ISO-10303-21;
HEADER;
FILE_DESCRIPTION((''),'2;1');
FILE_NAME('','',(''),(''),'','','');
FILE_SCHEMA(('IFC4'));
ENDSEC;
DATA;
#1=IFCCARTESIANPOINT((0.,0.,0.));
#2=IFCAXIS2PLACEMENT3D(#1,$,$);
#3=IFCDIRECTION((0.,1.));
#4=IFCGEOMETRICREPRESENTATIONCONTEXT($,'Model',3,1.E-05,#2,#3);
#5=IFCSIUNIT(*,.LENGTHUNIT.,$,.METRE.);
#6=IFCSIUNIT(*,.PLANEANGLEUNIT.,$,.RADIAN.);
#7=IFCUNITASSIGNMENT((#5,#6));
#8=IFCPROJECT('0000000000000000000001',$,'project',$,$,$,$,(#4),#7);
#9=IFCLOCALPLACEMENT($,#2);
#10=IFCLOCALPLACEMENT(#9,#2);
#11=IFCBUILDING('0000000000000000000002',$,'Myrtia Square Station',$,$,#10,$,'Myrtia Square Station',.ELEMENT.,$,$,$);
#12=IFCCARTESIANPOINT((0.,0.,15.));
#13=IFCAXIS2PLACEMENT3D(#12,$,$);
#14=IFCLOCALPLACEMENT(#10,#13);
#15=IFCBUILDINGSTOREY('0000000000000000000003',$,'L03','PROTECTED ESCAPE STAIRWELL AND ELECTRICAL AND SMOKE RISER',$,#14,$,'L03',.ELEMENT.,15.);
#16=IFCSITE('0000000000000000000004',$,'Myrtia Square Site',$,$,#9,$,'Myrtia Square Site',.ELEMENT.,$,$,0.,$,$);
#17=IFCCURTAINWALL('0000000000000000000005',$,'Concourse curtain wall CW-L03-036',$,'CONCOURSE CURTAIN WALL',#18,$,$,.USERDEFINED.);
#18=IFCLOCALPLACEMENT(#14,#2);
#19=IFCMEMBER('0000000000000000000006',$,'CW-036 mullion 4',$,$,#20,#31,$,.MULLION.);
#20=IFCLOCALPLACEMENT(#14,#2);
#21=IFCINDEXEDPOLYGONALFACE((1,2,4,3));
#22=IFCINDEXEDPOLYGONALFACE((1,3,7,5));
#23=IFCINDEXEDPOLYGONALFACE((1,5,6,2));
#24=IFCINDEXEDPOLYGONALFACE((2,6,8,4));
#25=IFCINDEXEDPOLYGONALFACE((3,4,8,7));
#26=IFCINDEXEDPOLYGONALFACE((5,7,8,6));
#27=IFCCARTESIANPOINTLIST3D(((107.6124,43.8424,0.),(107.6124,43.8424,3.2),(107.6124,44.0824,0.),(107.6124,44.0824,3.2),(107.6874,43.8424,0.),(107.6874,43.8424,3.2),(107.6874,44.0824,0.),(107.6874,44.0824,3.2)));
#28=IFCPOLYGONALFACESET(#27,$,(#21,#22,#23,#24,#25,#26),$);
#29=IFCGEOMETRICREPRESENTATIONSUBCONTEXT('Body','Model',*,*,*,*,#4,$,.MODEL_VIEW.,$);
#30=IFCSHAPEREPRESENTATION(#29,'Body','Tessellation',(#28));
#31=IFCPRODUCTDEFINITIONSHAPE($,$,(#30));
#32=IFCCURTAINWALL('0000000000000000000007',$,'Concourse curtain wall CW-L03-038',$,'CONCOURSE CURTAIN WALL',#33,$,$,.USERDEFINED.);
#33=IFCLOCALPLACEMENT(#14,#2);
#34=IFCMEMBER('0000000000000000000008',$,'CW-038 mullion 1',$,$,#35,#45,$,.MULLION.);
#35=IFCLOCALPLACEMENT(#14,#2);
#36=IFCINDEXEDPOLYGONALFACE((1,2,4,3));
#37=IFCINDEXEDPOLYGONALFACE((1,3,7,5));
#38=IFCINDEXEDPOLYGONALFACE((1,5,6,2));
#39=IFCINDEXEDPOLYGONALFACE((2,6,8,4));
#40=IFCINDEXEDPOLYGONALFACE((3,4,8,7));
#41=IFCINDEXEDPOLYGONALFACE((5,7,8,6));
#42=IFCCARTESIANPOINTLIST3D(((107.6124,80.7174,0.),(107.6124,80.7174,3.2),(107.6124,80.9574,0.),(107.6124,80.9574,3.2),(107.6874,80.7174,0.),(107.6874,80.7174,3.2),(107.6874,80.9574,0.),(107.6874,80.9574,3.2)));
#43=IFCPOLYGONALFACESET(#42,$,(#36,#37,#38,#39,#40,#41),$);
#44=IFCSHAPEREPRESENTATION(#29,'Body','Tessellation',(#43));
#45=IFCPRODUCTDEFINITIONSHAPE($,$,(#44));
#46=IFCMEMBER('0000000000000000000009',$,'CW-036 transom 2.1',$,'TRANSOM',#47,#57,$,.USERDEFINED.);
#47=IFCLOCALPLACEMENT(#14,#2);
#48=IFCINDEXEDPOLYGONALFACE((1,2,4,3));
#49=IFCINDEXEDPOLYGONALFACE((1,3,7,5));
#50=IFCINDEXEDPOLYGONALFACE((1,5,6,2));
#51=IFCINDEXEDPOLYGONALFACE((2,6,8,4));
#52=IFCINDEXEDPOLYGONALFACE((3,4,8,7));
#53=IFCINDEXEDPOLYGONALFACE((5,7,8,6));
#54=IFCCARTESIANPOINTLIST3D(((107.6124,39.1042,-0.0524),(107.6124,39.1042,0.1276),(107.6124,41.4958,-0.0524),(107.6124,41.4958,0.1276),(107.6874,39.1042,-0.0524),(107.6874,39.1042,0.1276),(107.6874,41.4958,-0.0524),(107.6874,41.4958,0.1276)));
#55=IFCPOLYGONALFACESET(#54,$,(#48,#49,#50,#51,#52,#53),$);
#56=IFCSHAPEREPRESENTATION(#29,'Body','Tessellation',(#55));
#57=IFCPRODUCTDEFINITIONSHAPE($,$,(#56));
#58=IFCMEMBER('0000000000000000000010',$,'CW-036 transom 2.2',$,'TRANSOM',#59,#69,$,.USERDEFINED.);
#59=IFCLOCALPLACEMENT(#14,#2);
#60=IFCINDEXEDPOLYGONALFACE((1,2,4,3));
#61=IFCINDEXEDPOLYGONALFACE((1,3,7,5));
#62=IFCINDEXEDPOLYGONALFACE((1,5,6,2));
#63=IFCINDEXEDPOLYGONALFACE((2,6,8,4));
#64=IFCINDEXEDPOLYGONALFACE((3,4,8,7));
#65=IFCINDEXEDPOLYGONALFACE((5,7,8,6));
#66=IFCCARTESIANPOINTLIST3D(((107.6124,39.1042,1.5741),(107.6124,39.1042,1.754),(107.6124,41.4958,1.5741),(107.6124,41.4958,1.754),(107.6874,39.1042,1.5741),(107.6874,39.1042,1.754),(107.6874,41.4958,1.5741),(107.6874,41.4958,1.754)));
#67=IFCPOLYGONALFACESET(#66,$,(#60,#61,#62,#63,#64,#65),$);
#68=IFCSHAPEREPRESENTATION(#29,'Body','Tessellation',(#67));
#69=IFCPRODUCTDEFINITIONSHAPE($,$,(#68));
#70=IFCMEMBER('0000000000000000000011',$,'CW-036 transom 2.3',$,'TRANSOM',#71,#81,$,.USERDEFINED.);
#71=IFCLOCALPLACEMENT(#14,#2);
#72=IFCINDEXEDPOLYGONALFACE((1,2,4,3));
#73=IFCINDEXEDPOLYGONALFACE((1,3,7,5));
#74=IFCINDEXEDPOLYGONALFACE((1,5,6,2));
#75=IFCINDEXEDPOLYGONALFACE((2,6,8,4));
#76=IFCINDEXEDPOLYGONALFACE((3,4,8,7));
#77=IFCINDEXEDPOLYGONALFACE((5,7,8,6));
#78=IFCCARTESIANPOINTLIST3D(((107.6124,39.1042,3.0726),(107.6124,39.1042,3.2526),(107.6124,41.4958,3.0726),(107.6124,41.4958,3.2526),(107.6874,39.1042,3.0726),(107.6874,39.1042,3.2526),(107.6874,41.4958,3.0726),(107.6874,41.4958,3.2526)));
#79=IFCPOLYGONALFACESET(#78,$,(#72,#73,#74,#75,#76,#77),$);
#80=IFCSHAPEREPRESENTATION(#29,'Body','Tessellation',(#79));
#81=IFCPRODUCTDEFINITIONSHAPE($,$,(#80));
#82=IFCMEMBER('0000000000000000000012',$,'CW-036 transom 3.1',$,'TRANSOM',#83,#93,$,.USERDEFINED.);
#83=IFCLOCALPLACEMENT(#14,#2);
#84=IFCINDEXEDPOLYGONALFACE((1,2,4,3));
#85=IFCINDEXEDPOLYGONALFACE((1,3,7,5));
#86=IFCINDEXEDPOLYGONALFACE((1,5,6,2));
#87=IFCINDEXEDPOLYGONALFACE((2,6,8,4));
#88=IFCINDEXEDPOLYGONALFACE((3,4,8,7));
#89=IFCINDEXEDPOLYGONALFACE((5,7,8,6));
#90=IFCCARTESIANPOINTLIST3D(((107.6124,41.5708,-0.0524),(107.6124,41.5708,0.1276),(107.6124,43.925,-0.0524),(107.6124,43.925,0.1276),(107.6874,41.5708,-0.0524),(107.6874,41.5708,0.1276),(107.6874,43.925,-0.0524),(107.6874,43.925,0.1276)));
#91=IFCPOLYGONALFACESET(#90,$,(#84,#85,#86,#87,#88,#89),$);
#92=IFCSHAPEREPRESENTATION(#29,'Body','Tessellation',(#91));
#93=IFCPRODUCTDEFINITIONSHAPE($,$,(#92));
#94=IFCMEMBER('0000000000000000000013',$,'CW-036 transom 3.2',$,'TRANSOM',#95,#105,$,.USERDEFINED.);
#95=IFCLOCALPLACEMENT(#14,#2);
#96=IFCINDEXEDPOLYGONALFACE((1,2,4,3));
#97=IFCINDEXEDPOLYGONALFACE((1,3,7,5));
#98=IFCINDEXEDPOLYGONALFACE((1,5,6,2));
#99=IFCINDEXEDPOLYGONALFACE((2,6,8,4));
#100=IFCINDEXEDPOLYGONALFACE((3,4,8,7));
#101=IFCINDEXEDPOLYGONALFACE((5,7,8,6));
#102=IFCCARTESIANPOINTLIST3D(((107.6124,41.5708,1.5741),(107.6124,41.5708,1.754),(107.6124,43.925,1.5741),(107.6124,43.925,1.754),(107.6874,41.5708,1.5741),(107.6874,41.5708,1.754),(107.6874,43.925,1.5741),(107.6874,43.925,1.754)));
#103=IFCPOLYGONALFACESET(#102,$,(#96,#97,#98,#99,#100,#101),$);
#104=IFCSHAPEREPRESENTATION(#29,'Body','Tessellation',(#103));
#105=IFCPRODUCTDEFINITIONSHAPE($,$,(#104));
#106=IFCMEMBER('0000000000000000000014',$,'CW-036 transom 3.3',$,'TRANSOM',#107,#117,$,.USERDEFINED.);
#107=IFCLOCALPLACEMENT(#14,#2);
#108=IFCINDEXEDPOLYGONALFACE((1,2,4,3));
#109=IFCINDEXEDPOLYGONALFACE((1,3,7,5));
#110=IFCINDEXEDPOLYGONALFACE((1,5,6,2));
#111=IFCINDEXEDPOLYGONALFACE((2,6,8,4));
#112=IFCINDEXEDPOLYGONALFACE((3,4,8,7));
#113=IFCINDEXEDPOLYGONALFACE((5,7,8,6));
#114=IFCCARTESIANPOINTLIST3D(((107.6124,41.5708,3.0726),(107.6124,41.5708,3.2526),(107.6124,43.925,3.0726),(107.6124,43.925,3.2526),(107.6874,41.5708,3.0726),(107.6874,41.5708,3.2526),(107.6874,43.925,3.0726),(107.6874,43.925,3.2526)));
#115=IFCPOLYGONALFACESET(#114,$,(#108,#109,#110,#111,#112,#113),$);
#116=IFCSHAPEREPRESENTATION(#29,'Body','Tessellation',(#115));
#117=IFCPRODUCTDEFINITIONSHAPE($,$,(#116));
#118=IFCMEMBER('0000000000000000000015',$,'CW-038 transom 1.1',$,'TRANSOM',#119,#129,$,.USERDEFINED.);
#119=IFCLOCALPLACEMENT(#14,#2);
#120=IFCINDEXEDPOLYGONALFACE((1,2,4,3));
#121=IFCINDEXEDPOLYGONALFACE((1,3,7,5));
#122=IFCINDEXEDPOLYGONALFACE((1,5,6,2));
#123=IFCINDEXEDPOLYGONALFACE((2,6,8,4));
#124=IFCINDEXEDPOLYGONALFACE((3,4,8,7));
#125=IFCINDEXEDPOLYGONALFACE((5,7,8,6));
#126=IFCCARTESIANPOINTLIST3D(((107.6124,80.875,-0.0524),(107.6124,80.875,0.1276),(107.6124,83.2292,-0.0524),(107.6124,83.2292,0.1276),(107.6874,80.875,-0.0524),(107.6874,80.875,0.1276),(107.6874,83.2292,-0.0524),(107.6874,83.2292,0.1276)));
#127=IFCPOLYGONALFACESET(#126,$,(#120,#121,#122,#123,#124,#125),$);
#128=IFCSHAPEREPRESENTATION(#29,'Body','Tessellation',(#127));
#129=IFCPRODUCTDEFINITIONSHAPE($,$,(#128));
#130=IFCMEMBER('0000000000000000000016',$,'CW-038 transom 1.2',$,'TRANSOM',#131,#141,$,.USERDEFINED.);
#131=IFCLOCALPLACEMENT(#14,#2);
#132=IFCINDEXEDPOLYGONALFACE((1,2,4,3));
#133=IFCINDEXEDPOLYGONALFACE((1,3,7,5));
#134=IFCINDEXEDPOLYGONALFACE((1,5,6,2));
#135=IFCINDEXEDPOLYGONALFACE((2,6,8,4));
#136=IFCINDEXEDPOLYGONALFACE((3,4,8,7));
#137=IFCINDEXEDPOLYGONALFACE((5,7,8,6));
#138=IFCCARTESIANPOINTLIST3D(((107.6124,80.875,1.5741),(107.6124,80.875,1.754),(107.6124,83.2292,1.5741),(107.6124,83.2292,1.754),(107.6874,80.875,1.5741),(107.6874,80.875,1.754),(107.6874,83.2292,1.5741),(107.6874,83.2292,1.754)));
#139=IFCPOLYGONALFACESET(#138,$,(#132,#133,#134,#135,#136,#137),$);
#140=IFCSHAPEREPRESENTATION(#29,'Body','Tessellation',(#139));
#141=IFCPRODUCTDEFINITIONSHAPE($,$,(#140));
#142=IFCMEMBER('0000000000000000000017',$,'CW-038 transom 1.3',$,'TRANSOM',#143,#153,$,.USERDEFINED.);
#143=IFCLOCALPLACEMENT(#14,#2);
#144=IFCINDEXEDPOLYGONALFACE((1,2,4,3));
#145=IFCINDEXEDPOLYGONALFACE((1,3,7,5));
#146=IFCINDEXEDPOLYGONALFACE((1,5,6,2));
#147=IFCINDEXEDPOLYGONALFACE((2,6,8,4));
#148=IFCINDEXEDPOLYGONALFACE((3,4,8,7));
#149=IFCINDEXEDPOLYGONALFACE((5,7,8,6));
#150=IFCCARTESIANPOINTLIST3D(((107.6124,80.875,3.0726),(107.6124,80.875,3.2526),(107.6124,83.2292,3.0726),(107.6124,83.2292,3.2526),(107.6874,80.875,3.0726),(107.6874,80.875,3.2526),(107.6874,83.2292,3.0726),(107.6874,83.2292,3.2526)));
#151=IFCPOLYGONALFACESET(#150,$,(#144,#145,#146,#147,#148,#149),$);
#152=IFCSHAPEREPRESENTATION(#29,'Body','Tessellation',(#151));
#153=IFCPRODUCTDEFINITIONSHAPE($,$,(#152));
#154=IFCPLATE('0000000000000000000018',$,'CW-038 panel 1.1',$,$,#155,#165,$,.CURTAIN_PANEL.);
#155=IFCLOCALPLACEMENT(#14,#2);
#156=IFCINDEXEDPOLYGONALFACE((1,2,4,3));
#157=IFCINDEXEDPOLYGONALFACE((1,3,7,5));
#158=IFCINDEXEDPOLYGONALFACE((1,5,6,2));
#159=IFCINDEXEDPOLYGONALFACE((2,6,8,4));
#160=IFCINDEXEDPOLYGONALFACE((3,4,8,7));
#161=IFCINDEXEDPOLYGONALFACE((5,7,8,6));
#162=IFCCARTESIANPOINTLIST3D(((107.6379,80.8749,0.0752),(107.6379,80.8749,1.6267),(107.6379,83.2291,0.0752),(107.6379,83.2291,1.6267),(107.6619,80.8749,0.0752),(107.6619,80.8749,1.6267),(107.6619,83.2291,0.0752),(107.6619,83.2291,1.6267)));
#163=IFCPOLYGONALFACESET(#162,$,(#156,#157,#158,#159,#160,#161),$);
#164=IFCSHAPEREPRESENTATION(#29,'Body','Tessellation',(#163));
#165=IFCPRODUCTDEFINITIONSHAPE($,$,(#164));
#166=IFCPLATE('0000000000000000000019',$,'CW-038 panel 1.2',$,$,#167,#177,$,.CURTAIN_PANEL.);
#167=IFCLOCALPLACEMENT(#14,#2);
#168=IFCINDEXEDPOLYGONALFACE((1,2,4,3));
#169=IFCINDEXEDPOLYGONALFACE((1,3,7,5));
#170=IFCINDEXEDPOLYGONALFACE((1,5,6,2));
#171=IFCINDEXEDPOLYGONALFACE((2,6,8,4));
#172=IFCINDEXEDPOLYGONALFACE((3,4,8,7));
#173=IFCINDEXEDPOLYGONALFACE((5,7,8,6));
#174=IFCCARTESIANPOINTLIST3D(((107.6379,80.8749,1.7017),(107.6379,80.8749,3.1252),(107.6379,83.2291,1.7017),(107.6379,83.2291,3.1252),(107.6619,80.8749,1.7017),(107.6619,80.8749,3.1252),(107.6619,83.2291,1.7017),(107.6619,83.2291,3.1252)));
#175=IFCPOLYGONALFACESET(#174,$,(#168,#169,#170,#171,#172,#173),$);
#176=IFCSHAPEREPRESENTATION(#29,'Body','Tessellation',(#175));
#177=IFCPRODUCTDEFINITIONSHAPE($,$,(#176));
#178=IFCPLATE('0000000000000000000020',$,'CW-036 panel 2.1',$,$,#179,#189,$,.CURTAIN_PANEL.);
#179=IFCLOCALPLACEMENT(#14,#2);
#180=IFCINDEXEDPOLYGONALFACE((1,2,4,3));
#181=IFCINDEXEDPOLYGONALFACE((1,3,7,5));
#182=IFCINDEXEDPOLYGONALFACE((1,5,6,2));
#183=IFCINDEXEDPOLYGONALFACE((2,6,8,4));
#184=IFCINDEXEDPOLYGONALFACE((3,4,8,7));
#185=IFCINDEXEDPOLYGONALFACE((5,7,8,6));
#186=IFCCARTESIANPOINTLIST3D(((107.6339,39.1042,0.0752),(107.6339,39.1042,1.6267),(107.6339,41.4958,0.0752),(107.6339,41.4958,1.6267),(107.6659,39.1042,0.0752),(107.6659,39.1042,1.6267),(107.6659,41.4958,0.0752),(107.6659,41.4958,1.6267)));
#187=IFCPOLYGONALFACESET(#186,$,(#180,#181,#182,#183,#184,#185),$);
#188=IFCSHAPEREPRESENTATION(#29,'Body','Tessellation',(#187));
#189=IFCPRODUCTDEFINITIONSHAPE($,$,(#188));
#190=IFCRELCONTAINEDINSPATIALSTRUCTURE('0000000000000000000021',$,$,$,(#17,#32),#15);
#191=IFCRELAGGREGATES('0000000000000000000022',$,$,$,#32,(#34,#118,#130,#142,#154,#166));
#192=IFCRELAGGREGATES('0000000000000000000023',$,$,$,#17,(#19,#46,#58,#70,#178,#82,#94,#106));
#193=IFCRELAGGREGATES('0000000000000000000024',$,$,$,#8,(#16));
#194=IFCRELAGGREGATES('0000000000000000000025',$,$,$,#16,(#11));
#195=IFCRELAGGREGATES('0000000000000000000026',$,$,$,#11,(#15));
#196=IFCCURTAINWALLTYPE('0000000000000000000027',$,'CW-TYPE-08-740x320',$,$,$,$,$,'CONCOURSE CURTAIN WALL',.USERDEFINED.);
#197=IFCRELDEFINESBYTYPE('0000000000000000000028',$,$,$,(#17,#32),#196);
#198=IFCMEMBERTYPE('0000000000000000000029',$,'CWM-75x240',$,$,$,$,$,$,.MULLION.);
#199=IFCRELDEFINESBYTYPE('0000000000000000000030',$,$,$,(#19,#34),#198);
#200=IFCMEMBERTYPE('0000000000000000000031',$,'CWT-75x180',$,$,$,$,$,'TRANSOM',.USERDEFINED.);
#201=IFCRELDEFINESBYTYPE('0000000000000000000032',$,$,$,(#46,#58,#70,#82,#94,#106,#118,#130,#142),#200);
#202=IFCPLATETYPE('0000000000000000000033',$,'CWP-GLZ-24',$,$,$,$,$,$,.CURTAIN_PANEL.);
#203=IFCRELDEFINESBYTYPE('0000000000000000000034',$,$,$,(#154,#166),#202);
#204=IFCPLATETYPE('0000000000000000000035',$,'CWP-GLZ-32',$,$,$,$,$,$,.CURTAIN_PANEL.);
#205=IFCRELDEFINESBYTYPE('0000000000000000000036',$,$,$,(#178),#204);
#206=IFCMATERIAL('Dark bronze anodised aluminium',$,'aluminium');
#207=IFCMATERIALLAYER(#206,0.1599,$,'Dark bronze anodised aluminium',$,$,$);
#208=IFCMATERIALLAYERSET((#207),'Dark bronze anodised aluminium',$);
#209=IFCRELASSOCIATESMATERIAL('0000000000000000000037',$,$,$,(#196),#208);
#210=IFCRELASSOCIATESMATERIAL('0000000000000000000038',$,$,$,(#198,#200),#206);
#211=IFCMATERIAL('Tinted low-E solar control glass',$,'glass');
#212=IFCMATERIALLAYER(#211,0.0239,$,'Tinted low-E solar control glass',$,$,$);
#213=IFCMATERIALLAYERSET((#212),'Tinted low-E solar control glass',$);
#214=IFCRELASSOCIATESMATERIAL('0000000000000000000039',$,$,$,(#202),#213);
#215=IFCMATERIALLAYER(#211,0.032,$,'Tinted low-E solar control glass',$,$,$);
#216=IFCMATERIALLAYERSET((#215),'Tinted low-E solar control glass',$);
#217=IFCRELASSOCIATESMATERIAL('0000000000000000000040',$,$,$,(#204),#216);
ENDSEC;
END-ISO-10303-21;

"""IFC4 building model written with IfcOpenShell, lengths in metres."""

from ifc_helpers import new_model, si_unit, direction, frame, origin, origin_2d, place, context, subcontext, project, spatial, rectangle, extrude, material, layer, layer_set, material_profile, profile_set, type_object, element, aggregate, save


model = new_model("IFC4")

# Units and contexts
model_context = context("Model", 3, precision=1e-05, world=origin(), true_north=direction((0.0, 1.0)))
body_context = subcontext(model_context, "Body", "Model", "MODEL_VIEW")
ifc_project = project(units=[si_unit("LENGTHUNIT", "METRE"), si_unit("PLANEANGLEUNIT", "RADIAN")], contexts=[model_context])

# Site, building, storey
site_placement = place(None, origin())
site = spatial("IfcSite", under=ifc_project, at=site_placement, Name="Myrtia Square Site", LongName="Myrtia Square Site", CompositionType="ELEMENT", RefElevation=0.0)
building_placement = place(site_placement, origin())
building = spatial("IfcBuilding", under=site, at=building_placement, Name="Myrtia Square Station", LongName="Myrtia Square Station", CompositionType="ELEMENT")
storey_placement = place(building_placement, frame((0.0, 0.0, 15.0)))
storey = spatial("IfcBuildingStorey", under=building, at=storey_placement, Name="L03", Description="PROTECTED ESCAPE STAIRWELL AND ELECTRICAL AND SMOKE RISER", LongName="L03", CompositionType="ELEMENT", Elevation=15.0)

# Curtain wall, member
ifc_material_1 = material(Name="Dark bronze anodised aluminium", Category="aluminium")
ifc_layer_1 = layer(ifc_material_1, 0.1599, Name="Dark bronze anodised aluminium")
ifc_layer_set_1 = layer_set([ifc_layer_1], Name="Dark bronze anodised aluminium")
curtain_wall_type = type_object("IfcCurtainWallType", Name="CW-TYPE-08-740x320", ElementType="CONCOURSE CURTAIN WALL", PredefinedType="USERDEFINED", material=ifc_layer_set_1)
curtain_wall_1_placement = place(storey_placement, origin())
curtain_wall_1 = element("IfcCurtainWall", 1, at=curtain_wall_1_placement, inside=storey, type_object=curtain_wall_type, Name="Concourse curtain wall CW-L03-036", ObjectType="CONCOURSE CURTAIN WALL", PredefinedType="USERDEFINED")
ifc_material_profile_1 = material_profile(ifc_material_1, rectangle(XDim=0.075, YDim=0.24, at=origin_2d()), Name="ALU-M 75x240")
ifc_profile_set_1 = profile_set([ifc_material_profile_1], Name="Dark bronze anodised aluminium")
member_type_1 = type_object("IfcMemberType", Name="CWM-75x240", PredefinedType="MULLION", material=ifc_profile_set_1)
member_1_placement = place(storey_placement, frame((107.6499, 43.9624, 0.0), z_axis=(0.0, 0.0, 1.0), x_axis=(-1.0, 0.0, 0.0)))
member_1 = element("IfcMember", 2, at=member_1_placement, type_object=member_type_1, Name="CW-036 mullion 4", PredefinedType="MULLION", context=body_context, shape_type="SweptSolid", body=[
    extrude(rectangle(XDim=0.075, YDim=0.24, at=origin_2d()), origin(), (0.0, 0.0, 1.0), 3.2),
])

# Curtain wall, member
curtain_wall_2_placement = place(storey_placement, origin())
curtain_wall_2 = element("IfcCurtainWall", 3, at=curtain_wall_2_placement, inside=storey, type_object=curtain_wall_type, Name="Concourse curtain wall CW-L03-038", ObjectType="CONCOURSE CURTAIN WALL", PredefinedType="USERDEFINED")
member_2_placement = place(storey_placement, frame((107.6499, 80.8374, 0.0), z_axis=(0.0, 0.0, 1.0), x_axis=(-1.0, 0.0, 0.0)))
member_2 = element("IfcMember", 4, at=member_2_placement, type_object=member_type_1, Name="CW-038 mullion 1", PredefinedType="MULLION", context=body_context, shape_type="SweptSolid", body=[
    extrude(rectangle(XDim=0.075, YDim=0.24, at=origin_2d()), origin(), (0.0, 0.0, 1.0), 3.2),
])

# Members
ifc_material_profile_2 = material_profile(ifc_material_1, rectangle(XDim=0.075, YDim=0.1799, at=origin_2d()), Name="ALU-T 75x180")
ifc_profile_set_2 = profile_set([ifc_material_profile_2], Name="Dark bronze anodised aluminium")
member_type_2 = type_object("IfcMemberType", Name="CWT-75x180", ElementType="TRANSOM", PredefinedType="USERDEFINED", material=ifc_profile_set_2)
member_3_placement = place(storey_placement, frame((107.6499, 39.1042, 0.0376), z_axis=(0.0, 1.0, 0.0), x_axis=(-1.0, 0.0, 0.0)))
member_3 = element("IfcMember", 5, at=member_3_placement, type_object=member_type_2, Name="CW-036 transom 2.1", ObjectType="TRANSOM", PredefinedType="USERDEFINED", context=body_context, shape_type="SweptSolid", body=[
    extrude(rectangle(XDim=0.075, YDim=0.1799, at=origin_2d()), origin(), (0.0, 0.0, 1.0), 2.3916),
])
member_4_placement = place(storey_placement, frame((107.6499, 39.1042, 1.6641), z_axis=(0.0, 1.0, 0.0), x_axis=(-1.0, 0.0, 0.0)))
member_4 = element("IfcMember", 6, at=member_4_placement, type_object=member_type_2, Name="CW-036 transom 2.2", ObjectType="TRANSOM", PredefinedType="USERDEFINED", context=body_context, shape_type="SweptSolid", body=[
    extrude(rectangle(XDim=0.075, YDim=0.1799, at=origin_2d()), origin(), (0.0, 0.0, 1.0), 2.3916),
])
member_5_placement = place(storey_placement, frame((107.6499, 39.1042, 3.1626), z_axis=(0.0, 1.0, 0.0), x_axis=(-1.0, 0.0, 0.0)))
member_5 = element("IfcMember", 7, at=member_5_placement, type_object=member_type_2, Name="CW-036 transom 2.3", ObjectType="TRANSOM", PredefinedType="USERDEFINED", context=body_context, shape_type="SweptSolid", body=[
    extrude(rectangle(XDim=0.075, YDim=0.1799, at=origin_2d()), origin(), (0.0, 0.0, 1.0), 2.3916),
])
member_6_placement = place(storey_placement, frame((107.6499, 41.5708, 0.0376), z_axis=(0.0, 1.0, 0.0), x_axis=(-1.0, 0.0, 0.0)))
member_6 = element("IfcMember", 8, at=member_6_placement, type_object=member_type_2, Name="CW-036 transom 3.1", ObjectType="TRANSOM", PredefinedType="USERDEFINED", context=body_context, shape_type="SweptSolid", body=[
    extrude(rectangle(XDim=0.075, YDim=0.1799, at=origin_2d()), origin(), (0.0, 0.0, 1.0), 2.3542),
])
member_7_placement = place(storey_placement, frame((107.6499, 41.5708, 1.6641), z_axis=(0.0, 1.0, 0.0), x_axis=(-1.0, 0.0, 0.0)))
member_7 = element("IfcMember", 9, at=member_7_placement, type_object=member_type_2, Name="CW-036 transom 3.2", ObjectType="TRANSOM", PredefinedType="USERDEFINED", context=body_context, shape_type="SweptSolid", body=[
    extrude(rectangle(XDim=0.075, YDim=0.1799, at=origin_2d()), origin(), (0.0, 0.0, 1.0), 2.3542),
])
member_8_placement = place(storey_placement, frame((107.6499, 41.5708, 3.1626), z_axis=(0.0, 1.0, 0.0), x_axis=(-1.0, 0.0, 0.0)))
member_8 = element("IfcMember", 10, at=member_8_placement, type_object=member_type_2, Name="CW-036 transom 3.3", ObjectType="TRANSOM", PredefinedType="USERDEFINED", context=body_context, shape_type="SweptSolid", body=[
    extrude(rectangle(XDim=0.075, YDim=0.1799, at=origin_2d()), origin(), (0.0, 0.0, 1.0), 2.3542),
])
member_9_placement = place(storey_placement, frame((107.6499, 80.875, 0.0376), z_axis=(0.0, 1.0, 0.0), x_axis=(-1.0, 0.0, 0.0)))
member_9 = element("IfcMember", 11, at=member_9_placement, type_object=member_type_2, Name="CW-038 transom 1.1", ObjectType="TRANSOM", PredefinedType="USERDEFINED", context=body_context, shape_type="SweptSolid", body=[
    extrude(rectangle(XDim=0.075, YDim=0.1799, at=origin_2d()), origin(), (0.0, 0.0, 1.0), 2.3542),
])
member_10_placement = place(storey_placement, frame((107.6499, 80.875, 1.6641), z_axis=(0.0, 1.0, 0.0), x_axis=(-1.0, 0.0, 0.0)))
member_10 = element("IfcMember", 12, at=member_10_placement, type_object=member_type_2, Name="CW-038 transom 1.2", ObjectType="TRANSOM", PredefinedType="USERDEFINED", context=body_context, shape_type="SweptSolid", body=[
    extrude(rectangle(XDim=0.075, YDim=0.1799, at=origin_2d()), origin(), (0.0, 0.0, 1.0), 2.3542),
])
member_11_placement = place(storey_placement, frame((107.6499, 80.875, 3.1626), z_axis=(0.0, 1.0, 0.0), x_axis=(-1.0, 0.0, 0.0)))
member_11 = element("IfcMember", 13, at=member_11_placement, type_object=member_type_2, Name="CW-038 transom 1.3", ObjectType="TRANSOM", PredefinedType="USERDEFINED", context=body_context, shape_type="SweptSolid", body=[
    extrude(rectangle(XDim=0.075, YDim=0.1799, at=origin_2d()), origin(), (0.0, 0.0, 1.0), 2.3542),
])

# Plates
ifc_material_2 = material(Name="Tinted low-E solar control glass", Category="glass")
ifc_layer_2 = layer(ifc_material_2, 0.0239, Name="Tinted low-E solar control glass")
ifc_layer_set_2 = layer_set([ifc_layer_2], Name="Tinted low-E solar control glass")
plate_type_1 = type_object("IfcPlateType", Name="CWP-GLZ-24", PredefinedType="CURTAIN_PANEL", material=ifc_layer_set_2)
plate_1_placement = place(storey_placement, frame((107.6499, 82.052, 0.0752), z_axis=(0.0, 0.0, 1.0), x_axis=(0.0, 1.0, 0.0)))
plate_1 = element("IfcPlate", 14, at=plate_1_placement, type_object=plate_type_1, Name="CW-038 panel 1.1", PredefinedType="CURTAIN_PANEL", context=body_context, shape_type="SweptSolid", body=[
    extrude(rectangle(XDim=2.3542, YDim=0.0239, at=origin_2d()), origin(), (0.0, 0.0, 1.0), 1.5515),
])
plate_2_placement = place(storey_placement, frame((107.6499, 82.052, 1.7017), z_axis=(0.0, 0.0, 1.0), x_axis=(0.0, 1.0, 0.0)))
plate_2 = element("IfcPlate", 15, at=plate_2_placement, type_object=plate_type_1, Name="CW-038 panel 1.2", PredefinedType="CURTAIN_PANEL", context=body_context, shape_type="SweptSolid", body=[
    extrude(rectangle(XDim=2.3542, YDim=0.0239, at=origin_2d()), origin(), (0.0, 0.0, 1.0), 1.4236),
])
aggregate(curtain_wall_2, [member_2, member_9, member_10, member_11, plate_1, plate_2])
ifc_layer_3 = layer(ifc_material_2, 0.032, Name="Tinted low-E solar control glass")
ifc_layer_set_3 = layer_set([ifc_layer_3], Name="Tinted low-E solar control glass")
plate_type_2 = type_object("IfcPlateType", Name="CWP-GLZ-32", PredefinedType="CURTAIN_PANEL", material=ifc_layer_set_3)
plate_3_placement = place(storey_placement, frame((107.6499, 40.3, 0.0752), z_axis=(0.0, 0.0, 1.0), x_axis=(0.0, 1.0, 0.0)))
plate_3 = element("IfcPlate", 16, at=plate_3_placement, type_object=plate_type_2, Name="CW-036 panel 2.1", PredefinedType="CURTAIN_PANEL", context=body_context, shape_type="SweptSolid", body=[
    extrude(rectangle(XDim=2.3916, YDim=0.032, at=origin_2d()), origin(), (0.0, 0.0, 1.0), 1.5515),
])
aggregate(curtain_wall_1, [member_1, member_3, member_4, member_5, plate_3, member_6, member_7, member_8])

save(model, "model.ifc")
